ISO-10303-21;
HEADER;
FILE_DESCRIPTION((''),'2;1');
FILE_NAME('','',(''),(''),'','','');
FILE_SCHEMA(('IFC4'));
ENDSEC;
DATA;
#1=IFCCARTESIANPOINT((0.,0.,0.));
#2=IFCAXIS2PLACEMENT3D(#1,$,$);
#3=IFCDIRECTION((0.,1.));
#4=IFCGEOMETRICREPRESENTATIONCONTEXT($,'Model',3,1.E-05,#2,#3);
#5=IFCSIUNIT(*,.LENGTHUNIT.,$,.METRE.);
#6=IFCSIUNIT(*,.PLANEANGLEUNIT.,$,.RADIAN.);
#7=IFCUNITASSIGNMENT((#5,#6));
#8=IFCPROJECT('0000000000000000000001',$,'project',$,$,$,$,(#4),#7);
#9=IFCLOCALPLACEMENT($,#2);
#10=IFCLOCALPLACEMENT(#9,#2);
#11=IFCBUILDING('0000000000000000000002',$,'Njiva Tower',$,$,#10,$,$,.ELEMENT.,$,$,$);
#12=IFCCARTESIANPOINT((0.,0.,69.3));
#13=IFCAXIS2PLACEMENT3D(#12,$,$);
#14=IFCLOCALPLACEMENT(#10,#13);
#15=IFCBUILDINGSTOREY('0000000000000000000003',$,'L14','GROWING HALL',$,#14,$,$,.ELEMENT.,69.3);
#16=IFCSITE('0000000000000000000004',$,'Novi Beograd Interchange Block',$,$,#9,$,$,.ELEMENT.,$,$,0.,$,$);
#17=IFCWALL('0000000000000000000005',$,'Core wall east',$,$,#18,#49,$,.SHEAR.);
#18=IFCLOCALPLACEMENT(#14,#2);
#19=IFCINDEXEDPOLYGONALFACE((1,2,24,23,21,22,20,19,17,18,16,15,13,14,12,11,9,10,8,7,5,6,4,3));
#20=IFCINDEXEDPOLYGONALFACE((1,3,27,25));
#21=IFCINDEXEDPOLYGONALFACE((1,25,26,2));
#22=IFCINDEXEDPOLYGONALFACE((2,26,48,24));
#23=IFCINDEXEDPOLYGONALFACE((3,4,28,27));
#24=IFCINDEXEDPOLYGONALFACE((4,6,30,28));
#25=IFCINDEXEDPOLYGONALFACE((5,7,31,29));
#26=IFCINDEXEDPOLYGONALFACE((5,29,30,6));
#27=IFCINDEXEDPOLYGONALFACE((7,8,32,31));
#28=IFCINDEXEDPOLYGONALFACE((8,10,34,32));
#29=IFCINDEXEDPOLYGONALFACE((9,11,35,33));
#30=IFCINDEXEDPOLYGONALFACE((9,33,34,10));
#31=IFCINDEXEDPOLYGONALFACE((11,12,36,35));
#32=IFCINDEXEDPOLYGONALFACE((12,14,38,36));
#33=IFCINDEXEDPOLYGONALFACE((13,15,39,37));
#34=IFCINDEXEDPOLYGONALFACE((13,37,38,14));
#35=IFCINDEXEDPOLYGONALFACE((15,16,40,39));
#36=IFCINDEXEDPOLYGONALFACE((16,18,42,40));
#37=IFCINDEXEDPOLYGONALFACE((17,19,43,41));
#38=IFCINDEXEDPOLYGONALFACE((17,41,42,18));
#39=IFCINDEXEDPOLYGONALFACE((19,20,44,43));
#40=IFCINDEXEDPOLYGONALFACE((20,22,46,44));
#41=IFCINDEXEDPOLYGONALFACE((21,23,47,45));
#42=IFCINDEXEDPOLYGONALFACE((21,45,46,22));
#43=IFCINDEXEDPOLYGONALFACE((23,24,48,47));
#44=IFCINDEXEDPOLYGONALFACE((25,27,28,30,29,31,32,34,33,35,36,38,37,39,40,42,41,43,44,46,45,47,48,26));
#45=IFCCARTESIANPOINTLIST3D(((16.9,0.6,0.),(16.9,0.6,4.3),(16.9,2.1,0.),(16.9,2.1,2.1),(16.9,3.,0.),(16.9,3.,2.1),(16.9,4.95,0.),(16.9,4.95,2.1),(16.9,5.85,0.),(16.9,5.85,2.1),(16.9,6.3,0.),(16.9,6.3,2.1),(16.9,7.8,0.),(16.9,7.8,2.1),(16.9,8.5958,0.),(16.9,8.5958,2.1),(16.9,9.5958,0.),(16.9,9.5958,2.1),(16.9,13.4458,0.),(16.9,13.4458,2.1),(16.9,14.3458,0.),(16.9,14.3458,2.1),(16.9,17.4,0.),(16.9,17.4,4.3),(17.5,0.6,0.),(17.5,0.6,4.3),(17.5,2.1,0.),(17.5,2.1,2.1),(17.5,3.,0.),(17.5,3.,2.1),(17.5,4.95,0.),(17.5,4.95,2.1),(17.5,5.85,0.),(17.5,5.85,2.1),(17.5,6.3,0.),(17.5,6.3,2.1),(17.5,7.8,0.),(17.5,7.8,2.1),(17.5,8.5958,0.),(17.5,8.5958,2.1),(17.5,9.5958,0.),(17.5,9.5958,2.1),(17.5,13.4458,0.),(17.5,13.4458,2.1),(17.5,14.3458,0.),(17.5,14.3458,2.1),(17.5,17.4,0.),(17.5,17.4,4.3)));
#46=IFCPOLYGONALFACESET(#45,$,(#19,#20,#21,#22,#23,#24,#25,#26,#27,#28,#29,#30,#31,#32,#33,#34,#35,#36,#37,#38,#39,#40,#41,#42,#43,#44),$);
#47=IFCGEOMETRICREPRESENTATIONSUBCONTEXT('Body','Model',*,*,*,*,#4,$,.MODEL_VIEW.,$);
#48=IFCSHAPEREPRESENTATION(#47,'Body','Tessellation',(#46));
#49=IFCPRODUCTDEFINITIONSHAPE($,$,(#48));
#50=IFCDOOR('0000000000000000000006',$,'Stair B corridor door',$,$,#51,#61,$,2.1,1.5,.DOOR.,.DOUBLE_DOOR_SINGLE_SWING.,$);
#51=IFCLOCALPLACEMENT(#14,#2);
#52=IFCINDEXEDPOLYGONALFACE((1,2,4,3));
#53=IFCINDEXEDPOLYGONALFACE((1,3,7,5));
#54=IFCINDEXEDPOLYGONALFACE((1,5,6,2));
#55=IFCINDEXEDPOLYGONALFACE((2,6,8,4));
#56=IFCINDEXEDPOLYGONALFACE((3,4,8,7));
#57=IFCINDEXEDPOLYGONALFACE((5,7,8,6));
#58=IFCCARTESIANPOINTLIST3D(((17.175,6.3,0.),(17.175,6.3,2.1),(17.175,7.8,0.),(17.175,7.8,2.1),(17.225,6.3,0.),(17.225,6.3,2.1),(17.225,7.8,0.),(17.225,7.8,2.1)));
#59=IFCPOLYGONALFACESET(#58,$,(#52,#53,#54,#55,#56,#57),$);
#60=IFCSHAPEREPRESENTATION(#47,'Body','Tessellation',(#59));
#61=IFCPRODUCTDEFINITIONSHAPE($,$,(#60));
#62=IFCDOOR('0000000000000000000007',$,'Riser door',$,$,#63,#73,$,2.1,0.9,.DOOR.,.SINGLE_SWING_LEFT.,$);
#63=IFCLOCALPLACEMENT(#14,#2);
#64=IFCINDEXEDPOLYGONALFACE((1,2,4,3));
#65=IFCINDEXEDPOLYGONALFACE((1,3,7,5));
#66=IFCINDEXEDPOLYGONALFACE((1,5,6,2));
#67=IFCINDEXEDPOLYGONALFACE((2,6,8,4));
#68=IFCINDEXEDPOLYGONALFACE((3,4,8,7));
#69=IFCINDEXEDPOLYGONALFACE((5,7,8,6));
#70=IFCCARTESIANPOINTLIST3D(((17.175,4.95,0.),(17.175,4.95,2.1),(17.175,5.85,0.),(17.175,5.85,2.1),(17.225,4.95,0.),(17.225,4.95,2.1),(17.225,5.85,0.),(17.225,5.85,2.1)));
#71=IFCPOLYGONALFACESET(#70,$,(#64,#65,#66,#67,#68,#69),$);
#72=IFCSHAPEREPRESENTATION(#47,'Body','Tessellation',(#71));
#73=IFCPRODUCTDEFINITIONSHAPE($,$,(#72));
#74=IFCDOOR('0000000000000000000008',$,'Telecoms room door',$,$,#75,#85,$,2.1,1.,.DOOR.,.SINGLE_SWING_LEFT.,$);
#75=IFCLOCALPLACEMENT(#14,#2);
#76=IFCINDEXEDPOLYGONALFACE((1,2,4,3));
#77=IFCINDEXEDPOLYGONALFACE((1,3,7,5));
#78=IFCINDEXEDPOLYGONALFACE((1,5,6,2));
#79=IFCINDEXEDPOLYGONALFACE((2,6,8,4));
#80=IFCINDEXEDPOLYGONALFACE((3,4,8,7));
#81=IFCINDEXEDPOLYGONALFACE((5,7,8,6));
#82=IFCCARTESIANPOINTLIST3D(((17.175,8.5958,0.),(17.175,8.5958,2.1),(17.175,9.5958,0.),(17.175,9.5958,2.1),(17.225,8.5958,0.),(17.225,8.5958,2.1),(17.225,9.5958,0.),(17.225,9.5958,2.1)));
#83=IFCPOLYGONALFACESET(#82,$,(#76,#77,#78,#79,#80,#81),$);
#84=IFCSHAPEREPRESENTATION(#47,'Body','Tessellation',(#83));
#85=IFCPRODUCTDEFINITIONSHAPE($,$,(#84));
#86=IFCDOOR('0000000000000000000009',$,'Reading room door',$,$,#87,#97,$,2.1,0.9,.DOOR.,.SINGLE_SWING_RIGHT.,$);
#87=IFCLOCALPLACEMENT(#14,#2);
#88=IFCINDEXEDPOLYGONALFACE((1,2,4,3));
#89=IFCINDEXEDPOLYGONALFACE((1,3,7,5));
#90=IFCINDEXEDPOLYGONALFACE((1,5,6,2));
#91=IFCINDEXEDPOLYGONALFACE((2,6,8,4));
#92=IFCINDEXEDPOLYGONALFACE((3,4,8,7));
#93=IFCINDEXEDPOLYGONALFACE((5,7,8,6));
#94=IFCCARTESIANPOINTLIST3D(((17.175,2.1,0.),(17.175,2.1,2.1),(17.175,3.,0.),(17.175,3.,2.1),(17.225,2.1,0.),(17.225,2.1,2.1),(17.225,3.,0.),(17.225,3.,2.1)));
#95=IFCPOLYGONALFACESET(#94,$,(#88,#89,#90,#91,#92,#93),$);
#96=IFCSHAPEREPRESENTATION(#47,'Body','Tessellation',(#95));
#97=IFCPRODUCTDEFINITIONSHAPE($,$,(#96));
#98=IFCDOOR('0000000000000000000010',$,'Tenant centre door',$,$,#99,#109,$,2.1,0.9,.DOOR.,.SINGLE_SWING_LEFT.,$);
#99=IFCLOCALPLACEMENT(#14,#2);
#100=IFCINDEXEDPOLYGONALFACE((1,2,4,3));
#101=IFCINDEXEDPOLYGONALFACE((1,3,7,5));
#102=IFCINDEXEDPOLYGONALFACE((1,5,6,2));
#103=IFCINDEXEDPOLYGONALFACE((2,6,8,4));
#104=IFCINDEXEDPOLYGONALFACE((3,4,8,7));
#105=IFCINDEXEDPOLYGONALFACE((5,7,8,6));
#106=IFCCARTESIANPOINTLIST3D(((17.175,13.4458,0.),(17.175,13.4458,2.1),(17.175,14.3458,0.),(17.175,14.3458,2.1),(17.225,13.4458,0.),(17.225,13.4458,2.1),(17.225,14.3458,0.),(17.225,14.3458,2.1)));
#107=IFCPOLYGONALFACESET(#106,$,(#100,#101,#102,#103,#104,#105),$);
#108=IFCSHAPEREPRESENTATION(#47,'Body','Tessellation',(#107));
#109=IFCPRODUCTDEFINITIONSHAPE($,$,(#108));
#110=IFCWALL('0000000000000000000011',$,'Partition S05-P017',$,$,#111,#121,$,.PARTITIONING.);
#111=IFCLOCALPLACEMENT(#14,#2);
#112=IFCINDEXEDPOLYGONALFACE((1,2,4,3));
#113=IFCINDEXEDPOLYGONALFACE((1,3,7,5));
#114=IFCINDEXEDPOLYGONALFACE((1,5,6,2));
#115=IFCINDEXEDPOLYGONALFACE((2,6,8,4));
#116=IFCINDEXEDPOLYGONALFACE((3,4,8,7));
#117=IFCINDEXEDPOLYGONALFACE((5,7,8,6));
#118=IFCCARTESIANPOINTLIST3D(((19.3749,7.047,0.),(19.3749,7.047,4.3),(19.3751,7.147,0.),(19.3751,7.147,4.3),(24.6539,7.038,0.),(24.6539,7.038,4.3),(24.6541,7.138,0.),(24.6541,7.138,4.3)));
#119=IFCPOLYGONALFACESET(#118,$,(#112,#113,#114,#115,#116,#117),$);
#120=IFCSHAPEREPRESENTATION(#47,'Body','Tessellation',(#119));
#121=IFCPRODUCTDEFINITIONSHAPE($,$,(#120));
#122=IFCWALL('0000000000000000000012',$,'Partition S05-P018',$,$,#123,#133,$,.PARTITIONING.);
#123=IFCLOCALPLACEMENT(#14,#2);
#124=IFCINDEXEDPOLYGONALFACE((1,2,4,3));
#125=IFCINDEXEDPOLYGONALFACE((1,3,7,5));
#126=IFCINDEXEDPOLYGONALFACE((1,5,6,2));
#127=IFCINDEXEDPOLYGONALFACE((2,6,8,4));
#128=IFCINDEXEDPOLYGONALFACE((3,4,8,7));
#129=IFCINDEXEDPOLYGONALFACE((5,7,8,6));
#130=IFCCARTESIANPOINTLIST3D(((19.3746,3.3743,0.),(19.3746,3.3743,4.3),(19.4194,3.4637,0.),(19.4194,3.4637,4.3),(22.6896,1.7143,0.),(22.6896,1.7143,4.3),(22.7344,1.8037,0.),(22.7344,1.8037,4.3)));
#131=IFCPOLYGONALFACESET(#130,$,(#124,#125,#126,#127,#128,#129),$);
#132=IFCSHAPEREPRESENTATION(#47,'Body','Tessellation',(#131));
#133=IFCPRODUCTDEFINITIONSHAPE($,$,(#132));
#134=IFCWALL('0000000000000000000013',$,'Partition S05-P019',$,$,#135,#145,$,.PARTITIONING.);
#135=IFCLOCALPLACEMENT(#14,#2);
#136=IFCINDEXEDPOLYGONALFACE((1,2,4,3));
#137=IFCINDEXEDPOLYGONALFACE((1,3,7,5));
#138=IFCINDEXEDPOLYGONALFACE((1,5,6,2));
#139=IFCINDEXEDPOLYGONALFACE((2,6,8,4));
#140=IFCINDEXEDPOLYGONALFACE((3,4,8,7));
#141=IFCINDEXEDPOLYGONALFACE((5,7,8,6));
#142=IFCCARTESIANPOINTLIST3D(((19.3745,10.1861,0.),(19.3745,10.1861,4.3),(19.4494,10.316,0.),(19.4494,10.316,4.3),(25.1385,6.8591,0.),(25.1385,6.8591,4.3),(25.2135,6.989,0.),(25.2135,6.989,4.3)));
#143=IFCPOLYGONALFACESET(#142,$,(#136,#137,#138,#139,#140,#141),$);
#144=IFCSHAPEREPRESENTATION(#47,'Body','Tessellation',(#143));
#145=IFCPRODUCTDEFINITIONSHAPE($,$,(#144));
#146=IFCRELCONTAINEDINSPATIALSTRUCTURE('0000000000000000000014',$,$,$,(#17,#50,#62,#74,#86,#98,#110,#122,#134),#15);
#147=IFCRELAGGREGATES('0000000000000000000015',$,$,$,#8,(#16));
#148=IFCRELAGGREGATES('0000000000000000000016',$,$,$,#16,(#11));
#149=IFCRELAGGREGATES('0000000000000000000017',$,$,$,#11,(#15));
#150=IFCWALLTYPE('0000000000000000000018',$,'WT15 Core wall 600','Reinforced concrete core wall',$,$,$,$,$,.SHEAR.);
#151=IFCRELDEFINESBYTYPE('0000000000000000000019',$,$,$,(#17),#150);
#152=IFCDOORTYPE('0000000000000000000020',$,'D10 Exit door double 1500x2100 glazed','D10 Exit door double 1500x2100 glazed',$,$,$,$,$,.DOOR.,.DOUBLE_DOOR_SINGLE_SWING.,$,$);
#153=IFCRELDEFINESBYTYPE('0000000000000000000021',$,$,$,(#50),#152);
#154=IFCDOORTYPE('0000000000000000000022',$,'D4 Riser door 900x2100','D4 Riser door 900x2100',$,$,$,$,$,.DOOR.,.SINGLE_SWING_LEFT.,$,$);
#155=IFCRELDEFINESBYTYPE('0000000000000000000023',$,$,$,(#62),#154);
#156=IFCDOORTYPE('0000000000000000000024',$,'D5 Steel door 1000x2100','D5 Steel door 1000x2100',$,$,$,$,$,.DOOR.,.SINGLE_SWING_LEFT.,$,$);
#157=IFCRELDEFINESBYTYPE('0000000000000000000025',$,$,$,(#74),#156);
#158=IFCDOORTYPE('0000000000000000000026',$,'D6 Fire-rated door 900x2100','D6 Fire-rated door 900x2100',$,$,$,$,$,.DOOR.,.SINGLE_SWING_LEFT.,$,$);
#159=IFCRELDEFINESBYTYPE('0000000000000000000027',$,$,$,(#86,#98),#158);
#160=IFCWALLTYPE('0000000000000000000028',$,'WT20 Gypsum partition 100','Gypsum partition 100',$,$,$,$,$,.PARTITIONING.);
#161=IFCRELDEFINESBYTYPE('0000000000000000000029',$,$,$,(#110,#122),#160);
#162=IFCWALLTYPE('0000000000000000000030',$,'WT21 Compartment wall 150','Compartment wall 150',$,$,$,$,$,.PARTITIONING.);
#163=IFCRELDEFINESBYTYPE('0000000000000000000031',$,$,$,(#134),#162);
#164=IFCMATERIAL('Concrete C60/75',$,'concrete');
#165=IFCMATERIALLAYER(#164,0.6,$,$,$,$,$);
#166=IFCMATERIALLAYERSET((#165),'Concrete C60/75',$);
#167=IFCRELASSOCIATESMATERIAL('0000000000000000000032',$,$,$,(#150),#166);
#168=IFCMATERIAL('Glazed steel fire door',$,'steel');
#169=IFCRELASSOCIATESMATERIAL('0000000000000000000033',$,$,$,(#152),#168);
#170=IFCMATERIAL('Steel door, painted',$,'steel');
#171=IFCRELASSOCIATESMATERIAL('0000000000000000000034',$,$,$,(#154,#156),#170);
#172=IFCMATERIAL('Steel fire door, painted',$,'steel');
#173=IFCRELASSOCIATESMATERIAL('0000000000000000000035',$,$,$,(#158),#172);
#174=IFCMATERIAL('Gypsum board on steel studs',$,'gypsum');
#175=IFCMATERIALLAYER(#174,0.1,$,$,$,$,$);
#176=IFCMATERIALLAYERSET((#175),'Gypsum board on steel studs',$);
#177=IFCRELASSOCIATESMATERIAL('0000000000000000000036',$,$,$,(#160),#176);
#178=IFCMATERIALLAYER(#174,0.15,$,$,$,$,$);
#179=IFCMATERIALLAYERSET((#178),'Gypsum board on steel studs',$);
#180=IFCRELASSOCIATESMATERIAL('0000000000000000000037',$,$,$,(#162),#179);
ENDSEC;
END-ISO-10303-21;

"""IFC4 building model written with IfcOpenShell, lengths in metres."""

from ifc_helpers import new_model, si_unit, direction, frame, frame_2d, origin, place, context, subcontext, project, spatial, rectangle, extrude, material, layer, layer_set, type_object, element, fill, save


model = new_model("IFC4")

# Units and contexts
model_context = context("Model", 3, precision=1e-05, world=origin(), true_north=direction((0.0, 1.0)))
body_context = subcontext(model_context, "Body", "Model", "MODEL_VIEW")
ifc_project = project(units=[si_unit("LENGTHUNIT", "METRE"), si_unit("PLANEANGLEUNIT", "RADIAN")], contexts=[model_context])

# Site, building, storey
site_placement = place(None, origin())
site = spatial("IfcSite", under=ifc_project, at=site_placement, Name="Novi Beograd Interchange Block", CompositionType="ELEMENT", RefElevation=0.0)
building_placement = place(site_placement, origin())
building = spatial("IfcBuilding", under=site, at=building_placement, Name="Njiva Tower", CompositionType="ELEMENT")
storey_placement = place(building_placement, frame((0.0, 0.0, 69.3)))
storey = spatial("IfcBuildingStorey", under=building, at=storey_placement, Name="L14", Description="GROWING HALL", CompositionType="ELEMENT", Elevation=69.3)

# Wall, openings, doors
ifc_material_1 = material(Name="Concrete C60/75", Category="concrete")
ifc_layer_1 = layer(ifc_material_1, 0.6)
ifc_layer_set_1 = layer_set([ifc_layer_1], Name="Concrete C60/75")
wall_type_1 = type_object("IfcWallType", Name="WT15 Core wall 600", Description="Reinforced concrete core wall", PredefinedType="SHEAR", material=ifc_layer_set_1)
wall_1_placement = place(storey_placement, frame((17.2, 0.6, 0.0), z_axis=(0.0, 0.0, 1.0), x_axis=(0.0, 1.0, 0.0)))
wall_1 = element("IfcWall", 1, at=wall_1_placement, inside=storey, type_object=wall_type_1, Name="Core wall east", PredefinedType="SHEAR", context=body_context, shape_type="SweptSolid", body=[
    extrude(rectangle(XDim=16.8, YDim=0.6, at=frame_2d((8.4, 0.0))), origin(), (0.0, 0.0, 1.0), 4.3),
])
opening_1_placement = place(wall_1_placement, frame((5.7, 0.0, 0.0)))
opening_1 = element("IfcOpeningElement", 2, at=opening_1_placement, cuts=wall_1, PredefinedType="OPENING", context=body_context, shape_type="SweptSolid", body=[
    extrude(rectangle(XDim=1.5, YDim=2.1, at=frame_2d((0.75, 1.05))), frame((0.0, 0.31, 0.0), z_axis=(0.0, -1.0, 0.0), x_axis=(1.0, 0.0, 0.0)), (0.0, 0.0, 1.0), 0.62),
])
opening_2_placement = place(wall_1_placement, frame((1.5, 0.0, 0.0)))
opening_2 = element("IfcOpeningElement", 3, at=opening_2_placement, cuts=wall_1, PredefinedType="OPENING", context=body_context, shape_type="SweptSolid", body=[
    extrude(rectangle(XDim=0.9, YDim=2.1, at=frame_2d((0.45, 1.05))), frame((0.0, 0.31, 0.0), z_axis=(0.0, -1.0, 0.0), x_axis=(1.0, 0.0, 0.0)), (0.0, 0.0, 1.0), 0.62),
])
opening_3_placement = place(wall_1_placement, frame((4.35, 0.0, 0.0)))
opening_3 = element("IfcOpeningElement", 4, at=opening_3_placement, cuts=wall_1, PredefinedType="OPENING", context=body_context, shape_type="SweptSolid", body=[
    extrude(rectangle(XDim=0.9, YDim=2.1, at=frame_2d((0.45, 1.05))), frame((0.0, 0.31, 0.0), z_axis=(0.0, -1.0, 0.0), x_axis=(1.0, 0.0, 0.0)), (0.0, 0.0, 1.0), 0.62),
])
opening_4_placement = place(wall_1_placement, frame((7.9958, 0.0, 0.0)))
opening_4 = element("IfcOpeningElement", 5, at=opening_4_placement, cuts=wall_1, PredefinedType="OPENING", context=body_context, shape_type="SweptSolid", body=[
    extrude(rectangle(XDim=1.0, YDim=2.1, at=frame_2d((0.5, 1.05))), frame((0.0, 0.31, 0.0), z_axis=(0.0, -1.0, 0.0), x_axis=(1.0, 0.0, 0.0)), (0.0, 0.0, 1.0), 0.62),
])
opening_5_placement = place(wall_1_placement, frame((12.8458, 0.0, 0.0)))
opening_5 = element("IfcOpeningElement", 6, at=opening_5_placement, cuts=wall_1, PredefinedType="OPENING", context=body_context, shape_type="SweptSolid", body=[
    extrude(rectangle(XDim=0.9, YDim=2.1, at=frame_2d((0.45, 1.05))), frame((0.0, 0.31, 0.0), z_axis=(0.0, -1.0, 0.0), x_axis=(1.0, 0.0, 0.0)), (0.0, 0.0, 1.0), 0.62),
])
ifc_material_2 = material(Name="Glazed steel fire door", Category="steel")
door_type_1 = type_object("IfcDoorType", Name="D10 Exit door double 1500x2100 glazed", Description="D10 Exit door double 1500x2100 glazed", OperationType="DOUBLE_DOOR_SINGLE_SWING", PredefinedType="DOOR", material=ifc_material_2)
door_1_placement = place(opening_1_placement, origin())
door_1 = element("IfcDoor", 7, at=door_1_placement, inside=storey, type_object=door_type_1, Name="Stair B corridor door", OperationType="DOUBLE_DOOR_SINGLE_SWING", OverallHeight=2.1, OverallWidth=1.5, PredefinedType="DOOR", context=body_context, shape_type="SweptSolid", body=[
    extrude(rectangle(XDim=1.5, YDim=2.1, at=frame_2d((0.75, 1.05))), frame((0.0, 0.025, 0.0), z_axis=(0.0, -1.0, 0.0), x_axis=(1.0, 0.0, 0.0)), (0.0, 0.0, 1.0), 0.05),
])
fill(opening_1, door_1)
ifc_material_3 = material(Name="Steel door, painted", Category="steel")
door_type_2 = type_object("IfcDoorType", Name="D4 Riser door 900x2100", Description="D4 Riser door 900x2100", OperationType="SINGLE_SWING_LEFT", PredefinedType="DOOR", material=ifc_material_3)
door_2_placement = place(opening_3_placement, origin())
door_2 = element("IfcDoor", 8, at=door_2_placement, inside=storey, type_object=door_type_2, Name="Riser door", OperationType="SINGLE_SWING_LEFT", OverallHeight=2.1, OverallWidth=0.9, PredefinedType="DOOR", context=body_context, shape_type="SweptSolid", body=[
    extrude(rectangle(XDim=0.9, YDim=2.1, at=frame_2d((0.45, 1.05))), frame((0.0, 0.025, 0.0), z_axis=(0.0, -1.0, 0.0), x_axis=(1.0, 0.0, 0.0)), (0.0, 0.0, 1.0), 0.05),
])
fill(opening_3, door_2)
door_type_3 = type_object("IfcDoorType", Name="D5 Steel door 1000x2100", Description="D5 Steel door 1000x2100", OperationType="SINGLE_SWING_LEFT", PredefinedType="DOOR", material=ifc_material_3)
door_3_placement = place(opening_4_placement, origin())
door_3 = element("IfcDoor", 9, at=door_3_placement, inside=storey, type_object=door_type_3, Name="Telecoms room door", OperationType="SINGLE_SWING_LEFT", OverallHeight=2.1, OverallWidth=1.0, PredefinedType="DOOR", context=body_context, shape_type="SweptSolid", body=[
    extrude(rectangle(XDim=1.0, YDim=2.1, at=frame_2d((0.5, 1.05))), frame((0.0, 0.025, 0.0), z_axis=(0.0, -1.0, 0.0), x_axis=(1.0, 0.0, 0.0)), (0.0, 0.0, 1.0), 0.05),
])
fill(opening_4, door_3)
ifc_material_4 = material(Name="Steel fire door, painted", Category="steel")
door_type_4 = type_object("IfcDoorType", Name="D6 Fire-rated door 900x2100", Description="D6 Fire-rated door 900x2100", OperationType="SINGLE_SWING_LEFT", PredefinedType="DOOR", material=ifc_material_4)
door_4_placement = place(opening_2_placement, origin())
door_4 = element("IfcDoor", 10, at=door_4_placement, inside=storey, type_object=door_type_4, Name="Reading room door", OperationType="SINGLE_SWING_RIGHT", OverallHeight=2.1, OverallWidth=0.9, PredefinedType="DOOR", context=body_context, shape_type="SweptSolid", body=[
    extrude(rectangle(XDim=0.9, YDim=2.1, at=frame_2d((0.45, 1.05))), frame((0.0, 0.025, 0.0), z_axis=(0.0, -1.0, 0.0), x_axis=(1.0, 0.0, 0.0)), (0.0, 0.0, 1.0), 0.05),
])
fill(opening_2, door_4)
door_5_placement = place(opening_5_placement, origin())
door_5 = element("IfcDoor", 11, at=door_5_placement, inside=storey, type_object=door_type_4, Name="Tenant centre door", OperationType="SINGLE_SWING_LEFT", OverallHeight=2.1, OverallWidth=0.9, PredefinedType="DOOR", context=body_context, shape_type="SweptSolid", body=[
    extrude(rectangle(XDim=0.9, YDim=2.1, at=frame_2d((0.45, 1.05))), frame((0.0, 0.025, 0.0), z_axis=(0.0, -1.0, 0.0), x_axis=(1.0, 0.0, 0.0)), (0.0, 0.0, 1.0), 0.05),
])
fill(opening_5, door_5)

# Walls
ifc_material_5 = material(Name="Gypsum board on steel studs", Category="gypsum")
ifc_layer_2 = layer(ifc_material_5, 0.1)
ifc_layer_set_2 = layer_set([ifc_layer_2], Name="Gypsum board on steel studs")
wall_type_2 = type_object("IfcWallType", Name="WT20 Gypsum partition 100", Description="Gypsum partition 100", PredefinedType="PARTITIONING", material=ifc_layer_set_2)
wall_2_placement = place(storey_placement, frame((19.375, 7.097, 0.0), z_axis=(0.0, 0.0, 1.0), x_axis=(0.999999, -0.001705, 0.0)))
element("IfcWall", 12, at=wall_2_placement, inside=storey, type_object=wall_type_2, Name="Partition S05-P017", PredefinedType="PARTITIONING", context=body_context, shape_type="SweptSolid", body=[
    extrude(rectangle(XDim=5.279, YDim=0.1, at=frame_2d((2.6395, 0.0))), origin(), (0.0, 0.0, 1.0), 4.3),
])
wall_3_placement = place(storey_placement, frame((19.397, 3.419, 0.0), z_axis=(0.0, 0.0, 1.0), x_axis=(0.894157, -0.447753, 0.0)))
element("IfcWall", 13, at=wall_3_placement, inside=storey, type_object=wall_type_2, Name="Partition S05-P018", PredefinedType="PARTITIONING", context=body_context, shape_type="SweptSolid", body=[
    extrude(rectangle(XDim=3.7074, YDim=0.1, at=frame_2d((1.8537, 0.0))), origin(), (0.0, 0.0, 1.0), 4.3),
])
ifc_layer_3 = layer(ifc_material_5, 0.15)
ifc_layer_set_3 = layer_set([ifc_layer_3], Name="Gypsum board on steel studs")
wall_type_3 = type_object("IfcWallType", Name="WT21 Compartment wall 150", Description="Compartment wall 150", PredefinedType="PARTITIONING", material=ifc_layer_set_3)
wall_4_placement = place(storey_placement, frame((19.412, 10.251, 0.0), z_axis=(0.0, 0.0, 1.0), x_axis=(0.866081, -0.499905, 0.0)))
element("IfcWall", 14, at=wall_4_placement, inside=storey, type_object=wall_type_3, Name="Partition S05-P019", PredefinedType="PARTITIONING", context=body_context, shape_type="SweptSolid", body=[
    extrude(rectangle(XDim=6.6553, YDim=0.15, at=frame_2d((3.3276, 0.0))), origin(), (0.0, 0.0, 1.0), 4.3),
])

save(model, "model.ifc")
